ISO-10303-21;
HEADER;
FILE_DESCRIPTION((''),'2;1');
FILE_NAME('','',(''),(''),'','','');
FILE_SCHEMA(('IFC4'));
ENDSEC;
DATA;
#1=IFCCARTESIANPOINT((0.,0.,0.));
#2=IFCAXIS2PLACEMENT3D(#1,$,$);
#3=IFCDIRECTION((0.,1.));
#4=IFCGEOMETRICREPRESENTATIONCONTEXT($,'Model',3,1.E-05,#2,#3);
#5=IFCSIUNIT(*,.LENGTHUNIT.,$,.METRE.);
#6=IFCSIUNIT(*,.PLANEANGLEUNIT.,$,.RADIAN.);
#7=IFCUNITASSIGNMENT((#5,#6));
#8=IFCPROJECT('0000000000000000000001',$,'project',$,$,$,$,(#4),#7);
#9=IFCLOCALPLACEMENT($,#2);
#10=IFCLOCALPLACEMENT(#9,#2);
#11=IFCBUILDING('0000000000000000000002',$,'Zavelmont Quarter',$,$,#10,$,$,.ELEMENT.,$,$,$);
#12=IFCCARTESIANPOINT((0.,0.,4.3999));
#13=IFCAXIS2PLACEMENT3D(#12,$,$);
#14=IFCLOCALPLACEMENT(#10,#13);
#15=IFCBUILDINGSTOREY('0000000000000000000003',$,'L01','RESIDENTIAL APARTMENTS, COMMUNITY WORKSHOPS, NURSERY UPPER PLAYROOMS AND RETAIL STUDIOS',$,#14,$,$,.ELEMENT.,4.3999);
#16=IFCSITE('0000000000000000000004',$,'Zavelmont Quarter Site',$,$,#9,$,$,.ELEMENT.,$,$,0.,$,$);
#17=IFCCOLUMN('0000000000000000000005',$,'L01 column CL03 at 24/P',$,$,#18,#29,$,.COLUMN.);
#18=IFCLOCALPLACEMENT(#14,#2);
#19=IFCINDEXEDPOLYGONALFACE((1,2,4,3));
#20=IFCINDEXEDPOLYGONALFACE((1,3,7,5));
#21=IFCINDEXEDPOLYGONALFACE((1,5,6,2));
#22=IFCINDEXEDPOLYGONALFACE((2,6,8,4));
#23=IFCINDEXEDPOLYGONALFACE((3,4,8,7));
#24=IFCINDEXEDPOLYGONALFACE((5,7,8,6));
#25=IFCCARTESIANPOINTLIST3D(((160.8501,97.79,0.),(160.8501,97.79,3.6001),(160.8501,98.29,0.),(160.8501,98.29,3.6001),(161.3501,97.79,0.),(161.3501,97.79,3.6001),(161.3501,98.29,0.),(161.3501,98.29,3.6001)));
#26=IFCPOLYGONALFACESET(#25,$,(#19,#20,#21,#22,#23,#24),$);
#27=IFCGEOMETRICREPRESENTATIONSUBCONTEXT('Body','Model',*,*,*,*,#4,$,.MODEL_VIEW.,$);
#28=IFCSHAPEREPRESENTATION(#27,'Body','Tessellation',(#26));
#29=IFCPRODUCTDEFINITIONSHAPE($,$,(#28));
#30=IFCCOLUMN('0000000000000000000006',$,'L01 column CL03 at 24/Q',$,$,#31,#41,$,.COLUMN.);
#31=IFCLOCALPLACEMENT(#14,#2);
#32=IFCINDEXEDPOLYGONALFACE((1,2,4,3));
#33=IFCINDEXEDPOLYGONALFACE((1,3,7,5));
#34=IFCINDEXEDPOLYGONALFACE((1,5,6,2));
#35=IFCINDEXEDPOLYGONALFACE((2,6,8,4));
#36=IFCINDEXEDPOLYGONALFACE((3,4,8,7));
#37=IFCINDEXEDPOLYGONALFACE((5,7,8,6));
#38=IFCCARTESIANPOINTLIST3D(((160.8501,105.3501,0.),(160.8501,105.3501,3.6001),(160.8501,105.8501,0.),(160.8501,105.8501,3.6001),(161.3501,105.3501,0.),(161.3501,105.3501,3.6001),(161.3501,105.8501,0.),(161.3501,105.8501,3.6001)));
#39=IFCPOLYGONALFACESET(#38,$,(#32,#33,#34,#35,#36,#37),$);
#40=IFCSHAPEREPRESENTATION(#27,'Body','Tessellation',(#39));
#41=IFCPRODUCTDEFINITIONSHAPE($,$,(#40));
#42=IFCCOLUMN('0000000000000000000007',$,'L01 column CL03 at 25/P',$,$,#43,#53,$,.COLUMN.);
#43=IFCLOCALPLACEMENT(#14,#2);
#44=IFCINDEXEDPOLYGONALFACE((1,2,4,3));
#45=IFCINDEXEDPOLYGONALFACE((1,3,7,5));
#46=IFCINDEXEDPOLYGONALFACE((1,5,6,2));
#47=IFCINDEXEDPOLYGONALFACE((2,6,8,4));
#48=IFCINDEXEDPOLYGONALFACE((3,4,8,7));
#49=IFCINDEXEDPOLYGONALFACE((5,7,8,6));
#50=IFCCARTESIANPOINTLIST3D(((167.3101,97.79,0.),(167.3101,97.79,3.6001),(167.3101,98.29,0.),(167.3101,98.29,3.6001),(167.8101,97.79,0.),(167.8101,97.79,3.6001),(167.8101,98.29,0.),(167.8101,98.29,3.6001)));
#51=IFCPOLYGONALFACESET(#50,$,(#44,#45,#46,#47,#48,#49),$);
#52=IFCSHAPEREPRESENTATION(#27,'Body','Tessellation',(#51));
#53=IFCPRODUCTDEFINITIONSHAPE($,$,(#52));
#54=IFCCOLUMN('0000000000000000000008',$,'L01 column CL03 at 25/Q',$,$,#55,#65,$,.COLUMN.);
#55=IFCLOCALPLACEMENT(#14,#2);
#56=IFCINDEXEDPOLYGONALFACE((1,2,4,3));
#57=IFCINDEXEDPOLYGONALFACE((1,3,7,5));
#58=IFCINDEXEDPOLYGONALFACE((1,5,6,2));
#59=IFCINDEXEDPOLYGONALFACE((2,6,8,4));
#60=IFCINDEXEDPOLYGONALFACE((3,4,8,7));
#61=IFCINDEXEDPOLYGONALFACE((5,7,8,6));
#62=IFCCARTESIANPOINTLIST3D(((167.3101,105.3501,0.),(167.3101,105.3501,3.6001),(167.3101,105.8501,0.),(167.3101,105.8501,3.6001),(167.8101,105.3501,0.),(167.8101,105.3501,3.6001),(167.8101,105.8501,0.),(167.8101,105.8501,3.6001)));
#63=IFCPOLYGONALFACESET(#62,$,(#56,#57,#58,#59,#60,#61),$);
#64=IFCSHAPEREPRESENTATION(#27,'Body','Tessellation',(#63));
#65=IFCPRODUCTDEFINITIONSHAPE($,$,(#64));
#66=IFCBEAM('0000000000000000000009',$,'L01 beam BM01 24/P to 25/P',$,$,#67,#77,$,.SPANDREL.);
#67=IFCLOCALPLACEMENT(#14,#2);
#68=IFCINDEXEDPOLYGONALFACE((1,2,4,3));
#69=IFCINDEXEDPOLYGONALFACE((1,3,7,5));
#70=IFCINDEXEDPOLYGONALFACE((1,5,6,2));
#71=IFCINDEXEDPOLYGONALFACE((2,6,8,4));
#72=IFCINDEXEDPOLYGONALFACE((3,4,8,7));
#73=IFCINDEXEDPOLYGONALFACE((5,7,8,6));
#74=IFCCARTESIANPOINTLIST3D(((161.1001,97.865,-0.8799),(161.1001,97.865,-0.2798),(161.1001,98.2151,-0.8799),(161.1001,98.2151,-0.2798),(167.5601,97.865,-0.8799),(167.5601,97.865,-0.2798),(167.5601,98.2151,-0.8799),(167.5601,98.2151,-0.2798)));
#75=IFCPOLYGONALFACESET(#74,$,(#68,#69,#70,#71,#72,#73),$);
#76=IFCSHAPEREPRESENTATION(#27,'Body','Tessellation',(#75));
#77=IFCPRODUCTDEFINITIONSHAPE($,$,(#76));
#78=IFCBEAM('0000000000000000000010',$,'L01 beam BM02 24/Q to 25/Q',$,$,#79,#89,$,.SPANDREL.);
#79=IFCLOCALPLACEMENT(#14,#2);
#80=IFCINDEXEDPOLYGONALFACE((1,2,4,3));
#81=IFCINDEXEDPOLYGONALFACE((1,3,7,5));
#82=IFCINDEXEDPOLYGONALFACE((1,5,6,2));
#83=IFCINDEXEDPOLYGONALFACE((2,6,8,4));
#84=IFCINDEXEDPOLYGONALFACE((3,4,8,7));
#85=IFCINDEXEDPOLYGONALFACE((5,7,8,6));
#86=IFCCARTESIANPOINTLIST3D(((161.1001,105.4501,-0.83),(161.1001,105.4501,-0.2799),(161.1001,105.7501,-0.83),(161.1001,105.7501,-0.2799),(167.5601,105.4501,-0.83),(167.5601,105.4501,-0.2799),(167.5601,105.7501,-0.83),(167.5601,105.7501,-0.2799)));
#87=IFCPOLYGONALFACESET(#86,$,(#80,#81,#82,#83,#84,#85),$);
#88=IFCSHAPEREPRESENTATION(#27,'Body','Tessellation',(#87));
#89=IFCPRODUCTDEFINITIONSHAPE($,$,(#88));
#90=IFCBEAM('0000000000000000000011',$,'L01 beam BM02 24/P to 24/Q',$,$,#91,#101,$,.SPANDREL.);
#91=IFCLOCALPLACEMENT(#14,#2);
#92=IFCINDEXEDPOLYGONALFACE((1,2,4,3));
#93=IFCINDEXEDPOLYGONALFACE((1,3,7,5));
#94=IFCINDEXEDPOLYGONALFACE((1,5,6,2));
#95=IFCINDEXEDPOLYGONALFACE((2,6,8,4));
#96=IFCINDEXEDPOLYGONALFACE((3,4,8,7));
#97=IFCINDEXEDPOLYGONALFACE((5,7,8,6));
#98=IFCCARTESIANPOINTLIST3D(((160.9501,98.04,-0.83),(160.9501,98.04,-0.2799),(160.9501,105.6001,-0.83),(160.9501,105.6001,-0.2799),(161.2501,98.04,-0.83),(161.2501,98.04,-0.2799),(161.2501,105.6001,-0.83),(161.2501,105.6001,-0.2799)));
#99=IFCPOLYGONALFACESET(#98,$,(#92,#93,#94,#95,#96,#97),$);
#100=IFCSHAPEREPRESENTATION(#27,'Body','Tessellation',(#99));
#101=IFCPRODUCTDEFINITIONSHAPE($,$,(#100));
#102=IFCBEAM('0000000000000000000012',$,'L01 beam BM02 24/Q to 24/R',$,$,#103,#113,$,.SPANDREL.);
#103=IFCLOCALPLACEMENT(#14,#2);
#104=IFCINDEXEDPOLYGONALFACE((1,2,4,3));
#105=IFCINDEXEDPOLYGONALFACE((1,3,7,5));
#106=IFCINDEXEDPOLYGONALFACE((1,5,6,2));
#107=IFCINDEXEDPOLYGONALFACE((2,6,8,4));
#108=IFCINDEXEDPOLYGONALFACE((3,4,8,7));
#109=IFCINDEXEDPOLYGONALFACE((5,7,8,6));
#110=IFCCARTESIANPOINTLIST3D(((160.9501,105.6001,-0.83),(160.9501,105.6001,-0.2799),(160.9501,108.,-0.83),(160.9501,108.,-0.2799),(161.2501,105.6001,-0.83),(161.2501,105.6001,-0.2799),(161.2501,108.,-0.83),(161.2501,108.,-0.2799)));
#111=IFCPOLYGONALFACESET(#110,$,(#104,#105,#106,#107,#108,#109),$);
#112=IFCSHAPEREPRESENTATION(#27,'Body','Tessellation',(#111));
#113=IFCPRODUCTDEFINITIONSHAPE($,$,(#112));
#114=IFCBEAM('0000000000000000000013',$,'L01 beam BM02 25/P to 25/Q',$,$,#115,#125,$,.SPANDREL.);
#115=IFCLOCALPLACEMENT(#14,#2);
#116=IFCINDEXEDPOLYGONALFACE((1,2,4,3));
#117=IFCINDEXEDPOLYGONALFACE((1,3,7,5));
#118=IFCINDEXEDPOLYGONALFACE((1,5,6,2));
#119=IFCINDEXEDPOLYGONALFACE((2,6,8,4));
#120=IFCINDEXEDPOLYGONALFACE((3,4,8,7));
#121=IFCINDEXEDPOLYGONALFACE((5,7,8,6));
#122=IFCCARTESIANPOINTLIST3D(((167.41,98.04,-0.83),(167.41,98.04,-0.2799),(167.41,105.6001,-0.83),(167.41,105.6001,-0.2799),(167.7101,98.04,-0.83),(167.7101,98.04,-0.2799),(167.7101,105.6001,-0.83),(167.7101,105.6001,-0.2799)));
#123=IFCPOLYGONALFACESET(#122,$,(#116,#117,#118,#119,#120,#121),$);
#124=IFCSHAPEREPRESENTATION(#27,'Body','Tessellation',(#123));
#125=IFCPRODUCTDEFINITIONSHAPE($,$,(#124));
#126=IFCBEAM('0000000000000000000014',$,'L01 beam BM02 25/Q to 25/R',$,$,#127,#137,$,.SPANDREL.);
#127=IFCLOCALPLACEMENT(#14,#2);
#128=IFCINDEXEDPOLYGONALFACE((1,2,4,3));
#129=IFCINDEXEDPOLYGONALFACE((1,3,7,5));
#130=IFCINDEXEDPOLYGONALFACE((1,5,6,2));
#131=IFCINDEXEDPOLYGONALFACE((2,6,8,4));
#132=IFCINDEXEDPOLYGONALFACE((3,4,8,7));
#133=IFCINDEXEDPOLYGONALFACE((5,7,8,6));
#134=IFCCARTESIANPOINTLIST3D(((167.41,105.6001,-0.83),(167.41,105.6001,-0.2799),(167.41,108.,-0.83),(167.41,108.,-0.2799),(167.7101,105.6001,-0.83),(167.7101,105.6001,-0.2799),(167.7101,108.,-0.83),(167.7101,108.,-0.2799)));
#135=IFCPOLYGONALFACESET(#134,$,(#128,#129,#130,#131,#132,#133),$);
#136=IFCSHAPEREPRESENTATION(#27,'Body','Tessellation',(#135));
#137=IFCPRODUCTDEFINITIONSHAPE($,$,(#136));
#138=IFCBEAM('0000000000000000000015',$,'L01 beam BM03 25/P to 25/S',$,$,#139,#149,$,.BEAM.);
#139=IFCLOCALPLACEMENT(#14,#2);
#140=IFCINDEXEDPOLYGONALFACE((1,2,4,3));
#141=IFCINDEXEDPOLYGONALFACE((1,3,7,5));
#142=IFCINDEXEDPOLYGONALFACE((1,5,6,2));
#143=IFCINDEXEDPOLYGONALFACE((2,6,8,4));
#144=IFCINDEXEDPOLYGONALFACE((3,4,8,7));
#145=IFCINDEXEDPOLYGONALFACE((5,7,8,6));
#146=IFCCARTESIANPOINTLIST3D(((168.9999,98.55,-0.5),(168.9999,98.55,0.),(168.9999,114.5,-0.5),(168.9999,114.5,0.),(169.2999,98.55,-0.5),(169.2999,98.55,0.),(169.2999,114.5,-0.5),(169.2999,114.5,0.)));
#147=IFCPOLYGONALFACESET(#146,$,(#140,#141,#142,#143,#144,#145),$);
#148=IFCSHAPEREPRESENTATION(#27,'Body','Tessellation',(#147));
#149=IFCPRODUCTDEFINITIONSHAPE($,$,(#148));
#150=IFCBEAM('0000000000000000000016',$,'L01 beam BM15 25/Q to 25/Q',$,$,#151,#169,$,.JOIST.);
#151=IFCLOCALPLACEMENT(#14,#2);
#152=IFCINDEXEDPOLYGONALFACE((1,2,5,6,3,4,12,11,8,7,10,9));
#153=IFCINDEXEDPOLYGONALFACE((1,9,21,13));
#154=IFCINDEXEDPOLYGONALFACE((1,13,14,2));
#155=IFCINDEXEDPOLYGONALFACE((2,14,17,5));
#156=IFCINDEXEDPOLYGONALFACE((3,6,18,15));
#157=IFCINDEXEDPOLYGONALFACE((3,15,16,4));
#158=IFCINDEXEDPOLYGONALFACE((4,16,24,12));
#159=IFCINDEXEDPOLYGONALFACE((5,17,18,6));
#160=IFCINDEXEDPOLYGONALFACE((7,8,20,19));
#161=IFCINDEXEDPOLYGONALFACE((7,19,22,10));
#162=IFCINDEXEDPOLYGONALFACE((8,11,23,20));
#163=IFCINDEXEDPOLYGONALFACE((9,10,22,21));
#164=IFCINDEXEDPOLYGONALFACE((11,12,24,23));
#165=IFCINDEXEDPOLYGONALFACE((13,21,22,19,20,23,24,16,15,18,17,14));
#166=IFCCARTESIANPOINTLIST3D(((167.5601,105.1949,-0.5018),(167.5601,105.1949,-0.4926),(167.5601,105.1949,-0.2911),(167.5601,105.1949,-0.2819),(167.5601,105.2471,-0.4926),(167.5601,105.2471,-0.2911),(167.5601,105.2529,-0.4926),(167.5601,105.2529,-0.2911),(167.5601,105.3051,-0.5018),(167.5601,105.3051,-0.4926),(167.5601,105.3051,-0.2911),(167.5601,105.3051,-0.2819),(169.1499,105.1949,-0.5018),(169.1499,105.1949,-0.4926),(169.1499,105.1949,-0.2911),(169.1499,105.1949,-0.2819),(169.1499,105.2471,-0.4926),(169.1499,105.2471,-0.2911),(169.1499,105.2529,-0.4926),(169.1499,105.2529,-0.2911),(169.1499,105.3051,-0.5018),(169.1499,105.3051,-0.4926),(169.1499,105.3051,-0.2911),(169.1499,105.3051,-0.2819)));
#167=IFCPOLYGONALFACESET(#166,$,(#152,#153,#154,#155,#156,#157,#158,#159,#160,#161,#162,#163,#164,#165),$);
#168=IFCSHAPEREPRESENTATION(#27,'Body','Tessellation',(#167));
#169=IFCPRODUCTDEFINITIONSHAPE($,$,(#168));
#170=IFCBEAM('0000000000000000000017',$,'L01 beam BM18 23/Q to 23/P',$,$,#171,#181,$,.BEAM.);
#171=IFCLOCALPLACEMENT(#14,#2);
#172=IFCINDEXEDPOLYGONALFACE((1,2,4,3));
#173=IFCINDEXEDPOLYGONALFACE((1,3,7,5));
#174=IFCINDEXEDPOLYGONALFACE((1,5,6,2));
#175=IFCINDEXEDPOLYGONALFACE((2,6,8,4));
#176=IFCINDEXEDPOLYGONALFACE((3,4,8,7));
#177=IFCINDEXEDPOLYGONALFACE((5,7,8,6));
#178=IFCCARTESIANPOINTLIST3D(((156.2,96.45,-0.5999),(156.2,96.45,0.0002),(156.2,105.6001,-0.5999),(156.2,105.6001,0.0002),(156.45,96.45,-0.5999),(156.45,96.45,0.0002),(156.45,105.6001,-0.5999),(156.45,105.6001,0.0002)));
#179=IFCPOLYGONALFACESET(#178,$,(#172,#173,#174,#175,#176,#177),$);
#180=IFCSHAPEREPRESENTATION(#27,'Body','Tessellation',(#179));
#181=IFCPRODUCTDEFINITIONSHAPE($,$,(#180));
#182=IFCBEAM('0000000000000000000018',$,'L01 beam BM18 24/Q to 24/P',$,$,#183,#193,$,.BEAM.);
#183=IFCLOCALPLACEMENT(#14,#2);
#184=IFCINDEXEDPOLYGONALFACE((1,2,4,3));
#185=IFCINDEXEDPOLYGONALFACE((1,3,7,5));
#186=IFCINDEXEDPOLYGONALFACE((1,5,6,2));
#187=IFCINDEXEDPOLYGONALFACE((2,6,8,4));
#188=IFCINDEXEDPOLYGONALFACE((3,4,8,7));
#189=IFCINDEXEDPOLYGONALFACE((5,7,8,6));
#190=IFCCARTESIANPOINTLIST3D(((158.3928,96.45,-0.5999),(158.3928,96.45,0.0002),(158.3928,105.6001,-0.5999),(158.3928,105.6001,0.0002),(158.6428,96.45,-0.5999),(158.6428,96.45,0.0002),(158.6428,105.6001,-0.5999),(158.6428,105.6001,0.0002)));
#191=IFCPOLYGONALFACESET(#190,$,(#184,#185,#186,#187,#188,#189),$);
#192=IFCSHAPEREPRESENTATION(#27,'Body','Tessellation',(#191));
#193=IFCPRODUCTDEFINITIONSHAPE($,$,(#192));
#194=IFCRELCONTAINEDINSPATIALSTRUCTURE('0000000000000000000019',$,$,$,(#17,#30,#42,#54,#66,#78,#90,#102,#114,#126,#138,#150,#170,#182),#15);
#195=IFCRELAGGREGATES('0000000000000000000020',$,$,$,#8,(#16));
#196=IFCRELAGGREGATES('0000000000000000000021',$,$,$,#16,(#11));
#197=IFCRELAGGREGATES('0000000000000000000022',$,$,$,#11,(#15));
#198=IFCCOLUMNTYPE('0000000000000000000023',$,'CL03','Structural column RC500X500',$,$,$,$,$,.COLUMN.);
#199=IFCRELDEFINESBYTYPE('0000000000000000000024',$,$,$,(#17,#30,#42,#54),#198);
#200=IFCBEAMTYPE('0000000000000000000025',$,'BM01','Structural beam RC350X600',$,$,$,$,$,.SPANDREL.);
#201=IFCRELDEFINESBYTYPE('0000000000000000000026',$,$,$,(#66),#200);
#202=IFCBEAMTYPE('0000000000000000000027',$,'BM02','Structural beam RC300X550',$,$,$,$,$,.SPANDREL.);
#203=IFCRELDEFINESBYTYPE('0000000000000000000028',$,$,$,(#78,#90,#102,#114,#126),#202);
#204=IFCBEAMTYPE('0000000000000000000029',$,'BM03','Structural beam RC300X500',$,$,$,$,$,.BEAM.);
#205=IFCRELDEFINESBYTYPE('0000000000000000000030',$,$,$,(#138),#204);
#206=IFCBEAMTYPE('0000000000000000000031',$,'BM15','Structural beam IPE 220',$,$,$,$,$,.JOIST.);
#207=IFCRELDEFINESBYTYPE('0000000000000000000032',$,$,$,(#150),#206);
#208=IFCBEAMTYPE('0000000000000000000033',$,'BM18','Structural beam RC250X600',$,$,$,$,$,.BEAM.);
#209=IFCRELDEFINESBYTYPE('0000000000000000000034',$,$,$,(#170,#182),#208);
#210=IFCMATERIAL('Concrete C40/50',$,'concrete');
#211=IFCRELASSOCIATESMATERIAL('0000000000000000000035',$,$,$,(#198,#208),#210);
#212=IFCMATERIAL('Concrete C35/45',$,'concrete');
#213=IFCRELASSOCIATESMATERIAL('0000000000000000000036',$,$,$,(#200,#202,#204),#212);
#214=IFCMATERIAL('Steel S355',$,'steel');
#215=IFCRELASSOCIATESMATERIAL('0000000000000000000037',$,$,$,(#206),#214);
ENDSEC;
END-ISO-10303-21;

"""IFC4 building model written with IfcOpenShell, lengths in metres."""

from ifc_helpers import new_model, si_unit, direction, frame, origin, origin_2d, place, context, subcontext, project, spatial, rectangle, i_section, extrude, material, material_profile, profile_set, type_object, element, save


model = new_model("IFC4")

# Units and contexts
model_context = context("Model", 3, precision=1e-05, world=origin(), true_north=direction((0.0, 1.0)))
body_context = subcontext(model_context, "Body", "Model", "MODEL_VIEW")
ifc_project = project(units=[si_unit("LENGTHUNIT", "METRE"), si_unit("PLANEANGLEUNIT", "RADIAN")], contexts=[model_context])

# Site, building, storey
site_placement = place(None, origin())
site = spatial("IfcSite", under=ifc_project, at=site_placement, Name="Zavelmont Quarter Site", CompositionType="ELEMENT", RefElevation=0.0)
building_placement = place(site_placement, origin())
building = spatial("IfcBuilding", under=site, at=building_placement, Name="Zavelmont Quarter", CompositionType="ELEMENT")
storey_placement = place(building_placement, frame((0.0, 0.0, 4.3999)))
storey = spatial("IfcBuildingStorey", under=building, at=storey_placement, Name="L01", Description="RESIDENTIAL APARTMENTS, COMMUNITY WORKSHOPS, NURSERY UPPER PLAYROOMS AND RETAIL STUDIOS", CompositionType="ELEMENT", Elevation=4.3999)

# Columns
ifc_material_1 = material(Name="Concrete C40/50", Category="concrete")
ifc_material_profile_1 = material_profile(ifc_material_1, rectangle(XDim=0.5, YDim=0.5, at=origin_2d()), Name="RC500X500")
ifc_profile_set_1 = profile_set([ifc_material_profile_1], Name="Concrete C40/50")
column_type = type_object("IfcColumnType", Name="CL03", Description="Structural column RC500X500", PredefinedType="COLUMN", material=ifc_profile_set_1)
for number, where, z_axis, x_axis, name in (
    (1, (161.1001, 98.04, 0.0), (0.0, 0.0, 1.0), (1.0, 0.0, 0.0), "L01 column CL03 at 24/P"),
    (2, (161.1001, 105.6001, 0.0), (0.0, 0.0, 1.0), (1.0, 0.0, 0.0), "L01 column CL03 at 24/Q"),
    (3, (167.5601, 98.04, 0.0), (0.0, 0.0, 1.0), (1.0, 0.0, 0.0), "L01 column CL03 at 25/P"),
    (4, (167.5601, 105.6001, 0.0), (0.0, 0.0, 1.0), (1.0, 0.0, 0.0), "L01 column CL03 at 25/Q"),
):
    element("IfcColumn", number, at=place(storey_placement, frame(where, z_axis=z_axis, x_axis=x_axis)), inside=storey, type_object=column_type, Name=name, PredefinedType="COLUMN", context=body_context, shape_type="SweptSolid", body=[
        extrude(rectangle(XDim=0.5, YDim=0.5, at=origin_2d()), origin(), (0.0, 0.0, 1.0), 3.6001),
    ])

# Beams
ifc_material_2 = material(Name="Concrete C35/45", Category="concrete")
ifc_material_profile_2 = material_profile(ifc_material_2, rectangle(XDim=0.3501, YDim=0.6001, at=origin_2d()), Name="RC350X600")
ifc_profile_set_2 = profile_set([ifc_material_profile_2], Name="Concrete C35/45")
beam_type_1 = type_object("IfcBeamType", Name="BM01", Description="Structural beam RC350X600", PredefinedType="SPANDREL", material=ifc_profile_set_2)
beam_1_placement = place(storey_placement, frame((161.1001, 98.04, -0.5798), z_axis=(1.0, 0.0, 0.0), x_axis=(0.0, 1.0, 0.0)))
element("IfcBeam", 5, at=beam_1_placement, inside=storey, type_object=beam_type_1, Name="L01 beam BM01 24/P to 25/P", PredefinedType="SPANDREL", context=body_context, shape_type="SweptSolid", body=[
    extrude(rectangle(XDim=0.3501, YDim=0.6001, at=origin_2d()), origin(), (0.0, 0.0, 1.0), 6.46),
])
ifc_material_profile_3 = material_profile(ifc_material_2, rectangle(XDim=0.3, YDim=0.55, at=origin_2d()), Name="RC300X550")
ifc_profile_set_3 = profile_set([ifc_material_profile_3], Name="Concrete C35/45")
beam_type_2 = type_object("IfcBeamType", Name="BM02", Description="Structural beam RC300X550", PredefinedType="SPANDREL", material=ifc_profile_set_3)
beam_2_placement = place(storey_placement, frame((161.1001, 105.6001, -0.5549), z_axis=(1.0, 0.0, 0.0), x_axis=(0.0, 1.0, 0.0)))
element("IfcBeam", 6, at=beam_2_placement, inside=storey, type_object=beam_type_2, Name="L01 beam BM02 24/Q to 25/Q", PredefinedType="SPANDREL", context=body_context, shape_type="SweptSolid", body=[
    extrude(rectangle(XDim=0.3, YDim=0.55, at=origin_2d()), origin(), (0.0, 0.0, 1.0), 6.46),
])
beam_3_placement = place(storey_placement, frame((161.1001, 98.04, -0.5549), z_axis=(0.0, 1.0, 0.0), x_axis=(-1.0, 0.0, 0.0)))
element("IfcBeam", 7, at=beam_3_placement, inside=storey, type_object=beam_type_2, Name="L01 beam BM02 24/P to 24/Q", PredefinedType="SPANDREL", context=body_context, shape_type="SweptSolid", body=[
    extrude(rectangle(XDim=0.3, YDim=0.55, at=origin_2d()), origin(), (0.0, 0.0, 1.0), 7.5601),
])
beam_4_placement = place(storey_placement, frame((161.1001, 105.6001, -0.5549), z_axis=(0.0, 1.0, 0.0), x_axis=(-1.0, 0.0, 0.0)))
element("IfcBeam", 8, at=beam_4_placement, inside=storey, type_object=beam_type_2, Name="L01 beam BM02 24/Q to 24/R", PredefinedType="SPANDREL", context=body_context, shape_type="SweptSolid", body=[
    extrude(rectangle(XDim=0.3, YDim=0.55, at=origin_2d()), origin(), (0.0, 0.0, 1.0), 2.3999),
])
beam_5_placement = place(storey_placement, frame((167.5601, 98.04, -0.5549), z_axis=(0.0, 1.0, 0.0), x_axis=(-1.0, 0.0, 0.0)))
element("IfcBeam", 9, at=beam_5_placement, inside=storey, type_object=beam_type_2, Name="L01 beam BM02 25/P to 25/Q", PredefinedType="SPANDREL", context=body_context, shape_type="SweptSolid", body=[
    extrude(rectangle(XDim=0.3, YDim=0.55, at=origin_2d()), origin(), (0.0, 0.0, 1.0), 7.5601),
])
beam_6_placement = place(storey_placement, frame((167.5601, 105.6001, -0.5549), z_axis=(0.0, 1.0, 0.0), x_axis=(-1.0, 0.0, 0.0)))
element("IfcBeam", 10, at=beam_6_placement, inside=storey, type_object=beam_type_2, Name="L01 beam BM02 25/Q to 25/R", PredefinedType="SPANDREL", context=body_context, shape_type="SweptSolid", body=[
    extrude(rectangle(XDim=0.3, YDim=0.55, at=origin_2d()), origin(), (0.0, 0.0, 1.0), 2.3999),
])
ifc_material_profile_4 = material_profile(ifc_material_2, rectangle(XDim=0.3, YDim=0.5, at=origin_2d()), Name="RC300X500")
ifc_profile_set_4 = profile_set([ifc_material_profile_4], Name="Concrete C35/45")
beam_type_3 = type_object("IfcBeamType", Name="BM03", Description="Structural beam RC300X500", PredefinedType="BEAM", material=ifc_profile_set_4)
beam_7_placement = place(storey_placement, frame((169.1499, 98.55, -0.25), z_axis=(0.0, 1.0, 0.0), x_axis=(-1.0, 0.0, 0.0)))
element("IfcBeam", 11, at=beam_7_placement, inside=storey, type_object=beam_type_3, Name="L01 beam BM03 25/P to 25/S", PredefinedType="BEAM", context=body_context, shape_type="SweptSolid", body=[
    extrude(rectangle(XDim=0.3, YDim=0.5, at=origin_2d()), origin(), (0.0, 0.0, 1.0), 15.95),
])
ifc_material_3 = material(Name="Steel S355", Category="steel")
ifc_material_profile_5 = material_profile(ifc_material_3, i_section(OverallWidth=0.1101, OverallDepth=0.22, WebThickness=0.0059, FlangeThickness=0.0093, at=origin_2d()), Name="IPE 220")
ifc_profile_set_5 = profile_set([ifc_material_profile_5], Name="Steel S355")
beam_type_4 = type_object("IfcBeamType", Name="BM15", Description="Structural beam IPE 220", PredefinedType="JOIST", material=ifc_profile_set_5)
beam_8_placement = place(storey_placement, frame((167.5601, 105.25, -0.3918), z_axis=(1.0, 0.0, 0.0), x_axis=(0.0, 1.0, 0.0)))
element("IfcBeam", 12, at=beam_8_placement, inside=storey, type_object=beam_type_4, Name="L01 beam BM15 25/Q to 25/Q", PredefinedType="JOIST", context=body_context, shape_type="SweptSolid", body=[
    extrude(i_section(OverallWidth=0.1101, OverallDepth=0.22, WebThickness=0.0059, FlangeThickness=0.0093, at=origin_2d()), origin(), (0.0, 0.0, 1.0), 1.5898),
])
ifc_material_profile_6 = material_profile(ifc_material_1, rectangle(XDim=0.25, YDim=0.6001, at=origin_2d()), Name="RC250X600")
ifc_profile_set_6 = profile_set([ifc_material_profile_6], Name="Concrete C40/50")
beam_type_5 = type_object("IfcBeamType", Name="BM18", Description="Structural beam RC250X600", PredefinedType="BEAM", material=ifc_profile_set_6)
for number, where, z_axis, x_axis, name in (
    (13, (156.325, 105.6001, -0.2998), (0.0, -1.0, 0.0), (1.0, 0.0, 0.0), "L01 beam BM18 23/Q to 23/P"),
    (14, (158.5178, 105.6001, -0.2998), (0.0, -1.0, 0.0), (1.0, 0.0, 0.0), "L01 beam BM18 24/Q to 24/P"),
):
    element("IfcBeam", number, at=place(storey_placement, frame(where, z_axis=z_axis, x_axis=x_axis)), inside=storey, type_object=beam_type_5, Name=name, PredefinedType="BEAM", context=body_context, shape_type="SweptSolid", body=[
        extrude(rectangle(XDim=0.25, YDim=0.6001, at=origin_2d()), origin(), (0.0, 0.0, 1.0), 9.1501),
    ])

save(model, "model.ifc")
